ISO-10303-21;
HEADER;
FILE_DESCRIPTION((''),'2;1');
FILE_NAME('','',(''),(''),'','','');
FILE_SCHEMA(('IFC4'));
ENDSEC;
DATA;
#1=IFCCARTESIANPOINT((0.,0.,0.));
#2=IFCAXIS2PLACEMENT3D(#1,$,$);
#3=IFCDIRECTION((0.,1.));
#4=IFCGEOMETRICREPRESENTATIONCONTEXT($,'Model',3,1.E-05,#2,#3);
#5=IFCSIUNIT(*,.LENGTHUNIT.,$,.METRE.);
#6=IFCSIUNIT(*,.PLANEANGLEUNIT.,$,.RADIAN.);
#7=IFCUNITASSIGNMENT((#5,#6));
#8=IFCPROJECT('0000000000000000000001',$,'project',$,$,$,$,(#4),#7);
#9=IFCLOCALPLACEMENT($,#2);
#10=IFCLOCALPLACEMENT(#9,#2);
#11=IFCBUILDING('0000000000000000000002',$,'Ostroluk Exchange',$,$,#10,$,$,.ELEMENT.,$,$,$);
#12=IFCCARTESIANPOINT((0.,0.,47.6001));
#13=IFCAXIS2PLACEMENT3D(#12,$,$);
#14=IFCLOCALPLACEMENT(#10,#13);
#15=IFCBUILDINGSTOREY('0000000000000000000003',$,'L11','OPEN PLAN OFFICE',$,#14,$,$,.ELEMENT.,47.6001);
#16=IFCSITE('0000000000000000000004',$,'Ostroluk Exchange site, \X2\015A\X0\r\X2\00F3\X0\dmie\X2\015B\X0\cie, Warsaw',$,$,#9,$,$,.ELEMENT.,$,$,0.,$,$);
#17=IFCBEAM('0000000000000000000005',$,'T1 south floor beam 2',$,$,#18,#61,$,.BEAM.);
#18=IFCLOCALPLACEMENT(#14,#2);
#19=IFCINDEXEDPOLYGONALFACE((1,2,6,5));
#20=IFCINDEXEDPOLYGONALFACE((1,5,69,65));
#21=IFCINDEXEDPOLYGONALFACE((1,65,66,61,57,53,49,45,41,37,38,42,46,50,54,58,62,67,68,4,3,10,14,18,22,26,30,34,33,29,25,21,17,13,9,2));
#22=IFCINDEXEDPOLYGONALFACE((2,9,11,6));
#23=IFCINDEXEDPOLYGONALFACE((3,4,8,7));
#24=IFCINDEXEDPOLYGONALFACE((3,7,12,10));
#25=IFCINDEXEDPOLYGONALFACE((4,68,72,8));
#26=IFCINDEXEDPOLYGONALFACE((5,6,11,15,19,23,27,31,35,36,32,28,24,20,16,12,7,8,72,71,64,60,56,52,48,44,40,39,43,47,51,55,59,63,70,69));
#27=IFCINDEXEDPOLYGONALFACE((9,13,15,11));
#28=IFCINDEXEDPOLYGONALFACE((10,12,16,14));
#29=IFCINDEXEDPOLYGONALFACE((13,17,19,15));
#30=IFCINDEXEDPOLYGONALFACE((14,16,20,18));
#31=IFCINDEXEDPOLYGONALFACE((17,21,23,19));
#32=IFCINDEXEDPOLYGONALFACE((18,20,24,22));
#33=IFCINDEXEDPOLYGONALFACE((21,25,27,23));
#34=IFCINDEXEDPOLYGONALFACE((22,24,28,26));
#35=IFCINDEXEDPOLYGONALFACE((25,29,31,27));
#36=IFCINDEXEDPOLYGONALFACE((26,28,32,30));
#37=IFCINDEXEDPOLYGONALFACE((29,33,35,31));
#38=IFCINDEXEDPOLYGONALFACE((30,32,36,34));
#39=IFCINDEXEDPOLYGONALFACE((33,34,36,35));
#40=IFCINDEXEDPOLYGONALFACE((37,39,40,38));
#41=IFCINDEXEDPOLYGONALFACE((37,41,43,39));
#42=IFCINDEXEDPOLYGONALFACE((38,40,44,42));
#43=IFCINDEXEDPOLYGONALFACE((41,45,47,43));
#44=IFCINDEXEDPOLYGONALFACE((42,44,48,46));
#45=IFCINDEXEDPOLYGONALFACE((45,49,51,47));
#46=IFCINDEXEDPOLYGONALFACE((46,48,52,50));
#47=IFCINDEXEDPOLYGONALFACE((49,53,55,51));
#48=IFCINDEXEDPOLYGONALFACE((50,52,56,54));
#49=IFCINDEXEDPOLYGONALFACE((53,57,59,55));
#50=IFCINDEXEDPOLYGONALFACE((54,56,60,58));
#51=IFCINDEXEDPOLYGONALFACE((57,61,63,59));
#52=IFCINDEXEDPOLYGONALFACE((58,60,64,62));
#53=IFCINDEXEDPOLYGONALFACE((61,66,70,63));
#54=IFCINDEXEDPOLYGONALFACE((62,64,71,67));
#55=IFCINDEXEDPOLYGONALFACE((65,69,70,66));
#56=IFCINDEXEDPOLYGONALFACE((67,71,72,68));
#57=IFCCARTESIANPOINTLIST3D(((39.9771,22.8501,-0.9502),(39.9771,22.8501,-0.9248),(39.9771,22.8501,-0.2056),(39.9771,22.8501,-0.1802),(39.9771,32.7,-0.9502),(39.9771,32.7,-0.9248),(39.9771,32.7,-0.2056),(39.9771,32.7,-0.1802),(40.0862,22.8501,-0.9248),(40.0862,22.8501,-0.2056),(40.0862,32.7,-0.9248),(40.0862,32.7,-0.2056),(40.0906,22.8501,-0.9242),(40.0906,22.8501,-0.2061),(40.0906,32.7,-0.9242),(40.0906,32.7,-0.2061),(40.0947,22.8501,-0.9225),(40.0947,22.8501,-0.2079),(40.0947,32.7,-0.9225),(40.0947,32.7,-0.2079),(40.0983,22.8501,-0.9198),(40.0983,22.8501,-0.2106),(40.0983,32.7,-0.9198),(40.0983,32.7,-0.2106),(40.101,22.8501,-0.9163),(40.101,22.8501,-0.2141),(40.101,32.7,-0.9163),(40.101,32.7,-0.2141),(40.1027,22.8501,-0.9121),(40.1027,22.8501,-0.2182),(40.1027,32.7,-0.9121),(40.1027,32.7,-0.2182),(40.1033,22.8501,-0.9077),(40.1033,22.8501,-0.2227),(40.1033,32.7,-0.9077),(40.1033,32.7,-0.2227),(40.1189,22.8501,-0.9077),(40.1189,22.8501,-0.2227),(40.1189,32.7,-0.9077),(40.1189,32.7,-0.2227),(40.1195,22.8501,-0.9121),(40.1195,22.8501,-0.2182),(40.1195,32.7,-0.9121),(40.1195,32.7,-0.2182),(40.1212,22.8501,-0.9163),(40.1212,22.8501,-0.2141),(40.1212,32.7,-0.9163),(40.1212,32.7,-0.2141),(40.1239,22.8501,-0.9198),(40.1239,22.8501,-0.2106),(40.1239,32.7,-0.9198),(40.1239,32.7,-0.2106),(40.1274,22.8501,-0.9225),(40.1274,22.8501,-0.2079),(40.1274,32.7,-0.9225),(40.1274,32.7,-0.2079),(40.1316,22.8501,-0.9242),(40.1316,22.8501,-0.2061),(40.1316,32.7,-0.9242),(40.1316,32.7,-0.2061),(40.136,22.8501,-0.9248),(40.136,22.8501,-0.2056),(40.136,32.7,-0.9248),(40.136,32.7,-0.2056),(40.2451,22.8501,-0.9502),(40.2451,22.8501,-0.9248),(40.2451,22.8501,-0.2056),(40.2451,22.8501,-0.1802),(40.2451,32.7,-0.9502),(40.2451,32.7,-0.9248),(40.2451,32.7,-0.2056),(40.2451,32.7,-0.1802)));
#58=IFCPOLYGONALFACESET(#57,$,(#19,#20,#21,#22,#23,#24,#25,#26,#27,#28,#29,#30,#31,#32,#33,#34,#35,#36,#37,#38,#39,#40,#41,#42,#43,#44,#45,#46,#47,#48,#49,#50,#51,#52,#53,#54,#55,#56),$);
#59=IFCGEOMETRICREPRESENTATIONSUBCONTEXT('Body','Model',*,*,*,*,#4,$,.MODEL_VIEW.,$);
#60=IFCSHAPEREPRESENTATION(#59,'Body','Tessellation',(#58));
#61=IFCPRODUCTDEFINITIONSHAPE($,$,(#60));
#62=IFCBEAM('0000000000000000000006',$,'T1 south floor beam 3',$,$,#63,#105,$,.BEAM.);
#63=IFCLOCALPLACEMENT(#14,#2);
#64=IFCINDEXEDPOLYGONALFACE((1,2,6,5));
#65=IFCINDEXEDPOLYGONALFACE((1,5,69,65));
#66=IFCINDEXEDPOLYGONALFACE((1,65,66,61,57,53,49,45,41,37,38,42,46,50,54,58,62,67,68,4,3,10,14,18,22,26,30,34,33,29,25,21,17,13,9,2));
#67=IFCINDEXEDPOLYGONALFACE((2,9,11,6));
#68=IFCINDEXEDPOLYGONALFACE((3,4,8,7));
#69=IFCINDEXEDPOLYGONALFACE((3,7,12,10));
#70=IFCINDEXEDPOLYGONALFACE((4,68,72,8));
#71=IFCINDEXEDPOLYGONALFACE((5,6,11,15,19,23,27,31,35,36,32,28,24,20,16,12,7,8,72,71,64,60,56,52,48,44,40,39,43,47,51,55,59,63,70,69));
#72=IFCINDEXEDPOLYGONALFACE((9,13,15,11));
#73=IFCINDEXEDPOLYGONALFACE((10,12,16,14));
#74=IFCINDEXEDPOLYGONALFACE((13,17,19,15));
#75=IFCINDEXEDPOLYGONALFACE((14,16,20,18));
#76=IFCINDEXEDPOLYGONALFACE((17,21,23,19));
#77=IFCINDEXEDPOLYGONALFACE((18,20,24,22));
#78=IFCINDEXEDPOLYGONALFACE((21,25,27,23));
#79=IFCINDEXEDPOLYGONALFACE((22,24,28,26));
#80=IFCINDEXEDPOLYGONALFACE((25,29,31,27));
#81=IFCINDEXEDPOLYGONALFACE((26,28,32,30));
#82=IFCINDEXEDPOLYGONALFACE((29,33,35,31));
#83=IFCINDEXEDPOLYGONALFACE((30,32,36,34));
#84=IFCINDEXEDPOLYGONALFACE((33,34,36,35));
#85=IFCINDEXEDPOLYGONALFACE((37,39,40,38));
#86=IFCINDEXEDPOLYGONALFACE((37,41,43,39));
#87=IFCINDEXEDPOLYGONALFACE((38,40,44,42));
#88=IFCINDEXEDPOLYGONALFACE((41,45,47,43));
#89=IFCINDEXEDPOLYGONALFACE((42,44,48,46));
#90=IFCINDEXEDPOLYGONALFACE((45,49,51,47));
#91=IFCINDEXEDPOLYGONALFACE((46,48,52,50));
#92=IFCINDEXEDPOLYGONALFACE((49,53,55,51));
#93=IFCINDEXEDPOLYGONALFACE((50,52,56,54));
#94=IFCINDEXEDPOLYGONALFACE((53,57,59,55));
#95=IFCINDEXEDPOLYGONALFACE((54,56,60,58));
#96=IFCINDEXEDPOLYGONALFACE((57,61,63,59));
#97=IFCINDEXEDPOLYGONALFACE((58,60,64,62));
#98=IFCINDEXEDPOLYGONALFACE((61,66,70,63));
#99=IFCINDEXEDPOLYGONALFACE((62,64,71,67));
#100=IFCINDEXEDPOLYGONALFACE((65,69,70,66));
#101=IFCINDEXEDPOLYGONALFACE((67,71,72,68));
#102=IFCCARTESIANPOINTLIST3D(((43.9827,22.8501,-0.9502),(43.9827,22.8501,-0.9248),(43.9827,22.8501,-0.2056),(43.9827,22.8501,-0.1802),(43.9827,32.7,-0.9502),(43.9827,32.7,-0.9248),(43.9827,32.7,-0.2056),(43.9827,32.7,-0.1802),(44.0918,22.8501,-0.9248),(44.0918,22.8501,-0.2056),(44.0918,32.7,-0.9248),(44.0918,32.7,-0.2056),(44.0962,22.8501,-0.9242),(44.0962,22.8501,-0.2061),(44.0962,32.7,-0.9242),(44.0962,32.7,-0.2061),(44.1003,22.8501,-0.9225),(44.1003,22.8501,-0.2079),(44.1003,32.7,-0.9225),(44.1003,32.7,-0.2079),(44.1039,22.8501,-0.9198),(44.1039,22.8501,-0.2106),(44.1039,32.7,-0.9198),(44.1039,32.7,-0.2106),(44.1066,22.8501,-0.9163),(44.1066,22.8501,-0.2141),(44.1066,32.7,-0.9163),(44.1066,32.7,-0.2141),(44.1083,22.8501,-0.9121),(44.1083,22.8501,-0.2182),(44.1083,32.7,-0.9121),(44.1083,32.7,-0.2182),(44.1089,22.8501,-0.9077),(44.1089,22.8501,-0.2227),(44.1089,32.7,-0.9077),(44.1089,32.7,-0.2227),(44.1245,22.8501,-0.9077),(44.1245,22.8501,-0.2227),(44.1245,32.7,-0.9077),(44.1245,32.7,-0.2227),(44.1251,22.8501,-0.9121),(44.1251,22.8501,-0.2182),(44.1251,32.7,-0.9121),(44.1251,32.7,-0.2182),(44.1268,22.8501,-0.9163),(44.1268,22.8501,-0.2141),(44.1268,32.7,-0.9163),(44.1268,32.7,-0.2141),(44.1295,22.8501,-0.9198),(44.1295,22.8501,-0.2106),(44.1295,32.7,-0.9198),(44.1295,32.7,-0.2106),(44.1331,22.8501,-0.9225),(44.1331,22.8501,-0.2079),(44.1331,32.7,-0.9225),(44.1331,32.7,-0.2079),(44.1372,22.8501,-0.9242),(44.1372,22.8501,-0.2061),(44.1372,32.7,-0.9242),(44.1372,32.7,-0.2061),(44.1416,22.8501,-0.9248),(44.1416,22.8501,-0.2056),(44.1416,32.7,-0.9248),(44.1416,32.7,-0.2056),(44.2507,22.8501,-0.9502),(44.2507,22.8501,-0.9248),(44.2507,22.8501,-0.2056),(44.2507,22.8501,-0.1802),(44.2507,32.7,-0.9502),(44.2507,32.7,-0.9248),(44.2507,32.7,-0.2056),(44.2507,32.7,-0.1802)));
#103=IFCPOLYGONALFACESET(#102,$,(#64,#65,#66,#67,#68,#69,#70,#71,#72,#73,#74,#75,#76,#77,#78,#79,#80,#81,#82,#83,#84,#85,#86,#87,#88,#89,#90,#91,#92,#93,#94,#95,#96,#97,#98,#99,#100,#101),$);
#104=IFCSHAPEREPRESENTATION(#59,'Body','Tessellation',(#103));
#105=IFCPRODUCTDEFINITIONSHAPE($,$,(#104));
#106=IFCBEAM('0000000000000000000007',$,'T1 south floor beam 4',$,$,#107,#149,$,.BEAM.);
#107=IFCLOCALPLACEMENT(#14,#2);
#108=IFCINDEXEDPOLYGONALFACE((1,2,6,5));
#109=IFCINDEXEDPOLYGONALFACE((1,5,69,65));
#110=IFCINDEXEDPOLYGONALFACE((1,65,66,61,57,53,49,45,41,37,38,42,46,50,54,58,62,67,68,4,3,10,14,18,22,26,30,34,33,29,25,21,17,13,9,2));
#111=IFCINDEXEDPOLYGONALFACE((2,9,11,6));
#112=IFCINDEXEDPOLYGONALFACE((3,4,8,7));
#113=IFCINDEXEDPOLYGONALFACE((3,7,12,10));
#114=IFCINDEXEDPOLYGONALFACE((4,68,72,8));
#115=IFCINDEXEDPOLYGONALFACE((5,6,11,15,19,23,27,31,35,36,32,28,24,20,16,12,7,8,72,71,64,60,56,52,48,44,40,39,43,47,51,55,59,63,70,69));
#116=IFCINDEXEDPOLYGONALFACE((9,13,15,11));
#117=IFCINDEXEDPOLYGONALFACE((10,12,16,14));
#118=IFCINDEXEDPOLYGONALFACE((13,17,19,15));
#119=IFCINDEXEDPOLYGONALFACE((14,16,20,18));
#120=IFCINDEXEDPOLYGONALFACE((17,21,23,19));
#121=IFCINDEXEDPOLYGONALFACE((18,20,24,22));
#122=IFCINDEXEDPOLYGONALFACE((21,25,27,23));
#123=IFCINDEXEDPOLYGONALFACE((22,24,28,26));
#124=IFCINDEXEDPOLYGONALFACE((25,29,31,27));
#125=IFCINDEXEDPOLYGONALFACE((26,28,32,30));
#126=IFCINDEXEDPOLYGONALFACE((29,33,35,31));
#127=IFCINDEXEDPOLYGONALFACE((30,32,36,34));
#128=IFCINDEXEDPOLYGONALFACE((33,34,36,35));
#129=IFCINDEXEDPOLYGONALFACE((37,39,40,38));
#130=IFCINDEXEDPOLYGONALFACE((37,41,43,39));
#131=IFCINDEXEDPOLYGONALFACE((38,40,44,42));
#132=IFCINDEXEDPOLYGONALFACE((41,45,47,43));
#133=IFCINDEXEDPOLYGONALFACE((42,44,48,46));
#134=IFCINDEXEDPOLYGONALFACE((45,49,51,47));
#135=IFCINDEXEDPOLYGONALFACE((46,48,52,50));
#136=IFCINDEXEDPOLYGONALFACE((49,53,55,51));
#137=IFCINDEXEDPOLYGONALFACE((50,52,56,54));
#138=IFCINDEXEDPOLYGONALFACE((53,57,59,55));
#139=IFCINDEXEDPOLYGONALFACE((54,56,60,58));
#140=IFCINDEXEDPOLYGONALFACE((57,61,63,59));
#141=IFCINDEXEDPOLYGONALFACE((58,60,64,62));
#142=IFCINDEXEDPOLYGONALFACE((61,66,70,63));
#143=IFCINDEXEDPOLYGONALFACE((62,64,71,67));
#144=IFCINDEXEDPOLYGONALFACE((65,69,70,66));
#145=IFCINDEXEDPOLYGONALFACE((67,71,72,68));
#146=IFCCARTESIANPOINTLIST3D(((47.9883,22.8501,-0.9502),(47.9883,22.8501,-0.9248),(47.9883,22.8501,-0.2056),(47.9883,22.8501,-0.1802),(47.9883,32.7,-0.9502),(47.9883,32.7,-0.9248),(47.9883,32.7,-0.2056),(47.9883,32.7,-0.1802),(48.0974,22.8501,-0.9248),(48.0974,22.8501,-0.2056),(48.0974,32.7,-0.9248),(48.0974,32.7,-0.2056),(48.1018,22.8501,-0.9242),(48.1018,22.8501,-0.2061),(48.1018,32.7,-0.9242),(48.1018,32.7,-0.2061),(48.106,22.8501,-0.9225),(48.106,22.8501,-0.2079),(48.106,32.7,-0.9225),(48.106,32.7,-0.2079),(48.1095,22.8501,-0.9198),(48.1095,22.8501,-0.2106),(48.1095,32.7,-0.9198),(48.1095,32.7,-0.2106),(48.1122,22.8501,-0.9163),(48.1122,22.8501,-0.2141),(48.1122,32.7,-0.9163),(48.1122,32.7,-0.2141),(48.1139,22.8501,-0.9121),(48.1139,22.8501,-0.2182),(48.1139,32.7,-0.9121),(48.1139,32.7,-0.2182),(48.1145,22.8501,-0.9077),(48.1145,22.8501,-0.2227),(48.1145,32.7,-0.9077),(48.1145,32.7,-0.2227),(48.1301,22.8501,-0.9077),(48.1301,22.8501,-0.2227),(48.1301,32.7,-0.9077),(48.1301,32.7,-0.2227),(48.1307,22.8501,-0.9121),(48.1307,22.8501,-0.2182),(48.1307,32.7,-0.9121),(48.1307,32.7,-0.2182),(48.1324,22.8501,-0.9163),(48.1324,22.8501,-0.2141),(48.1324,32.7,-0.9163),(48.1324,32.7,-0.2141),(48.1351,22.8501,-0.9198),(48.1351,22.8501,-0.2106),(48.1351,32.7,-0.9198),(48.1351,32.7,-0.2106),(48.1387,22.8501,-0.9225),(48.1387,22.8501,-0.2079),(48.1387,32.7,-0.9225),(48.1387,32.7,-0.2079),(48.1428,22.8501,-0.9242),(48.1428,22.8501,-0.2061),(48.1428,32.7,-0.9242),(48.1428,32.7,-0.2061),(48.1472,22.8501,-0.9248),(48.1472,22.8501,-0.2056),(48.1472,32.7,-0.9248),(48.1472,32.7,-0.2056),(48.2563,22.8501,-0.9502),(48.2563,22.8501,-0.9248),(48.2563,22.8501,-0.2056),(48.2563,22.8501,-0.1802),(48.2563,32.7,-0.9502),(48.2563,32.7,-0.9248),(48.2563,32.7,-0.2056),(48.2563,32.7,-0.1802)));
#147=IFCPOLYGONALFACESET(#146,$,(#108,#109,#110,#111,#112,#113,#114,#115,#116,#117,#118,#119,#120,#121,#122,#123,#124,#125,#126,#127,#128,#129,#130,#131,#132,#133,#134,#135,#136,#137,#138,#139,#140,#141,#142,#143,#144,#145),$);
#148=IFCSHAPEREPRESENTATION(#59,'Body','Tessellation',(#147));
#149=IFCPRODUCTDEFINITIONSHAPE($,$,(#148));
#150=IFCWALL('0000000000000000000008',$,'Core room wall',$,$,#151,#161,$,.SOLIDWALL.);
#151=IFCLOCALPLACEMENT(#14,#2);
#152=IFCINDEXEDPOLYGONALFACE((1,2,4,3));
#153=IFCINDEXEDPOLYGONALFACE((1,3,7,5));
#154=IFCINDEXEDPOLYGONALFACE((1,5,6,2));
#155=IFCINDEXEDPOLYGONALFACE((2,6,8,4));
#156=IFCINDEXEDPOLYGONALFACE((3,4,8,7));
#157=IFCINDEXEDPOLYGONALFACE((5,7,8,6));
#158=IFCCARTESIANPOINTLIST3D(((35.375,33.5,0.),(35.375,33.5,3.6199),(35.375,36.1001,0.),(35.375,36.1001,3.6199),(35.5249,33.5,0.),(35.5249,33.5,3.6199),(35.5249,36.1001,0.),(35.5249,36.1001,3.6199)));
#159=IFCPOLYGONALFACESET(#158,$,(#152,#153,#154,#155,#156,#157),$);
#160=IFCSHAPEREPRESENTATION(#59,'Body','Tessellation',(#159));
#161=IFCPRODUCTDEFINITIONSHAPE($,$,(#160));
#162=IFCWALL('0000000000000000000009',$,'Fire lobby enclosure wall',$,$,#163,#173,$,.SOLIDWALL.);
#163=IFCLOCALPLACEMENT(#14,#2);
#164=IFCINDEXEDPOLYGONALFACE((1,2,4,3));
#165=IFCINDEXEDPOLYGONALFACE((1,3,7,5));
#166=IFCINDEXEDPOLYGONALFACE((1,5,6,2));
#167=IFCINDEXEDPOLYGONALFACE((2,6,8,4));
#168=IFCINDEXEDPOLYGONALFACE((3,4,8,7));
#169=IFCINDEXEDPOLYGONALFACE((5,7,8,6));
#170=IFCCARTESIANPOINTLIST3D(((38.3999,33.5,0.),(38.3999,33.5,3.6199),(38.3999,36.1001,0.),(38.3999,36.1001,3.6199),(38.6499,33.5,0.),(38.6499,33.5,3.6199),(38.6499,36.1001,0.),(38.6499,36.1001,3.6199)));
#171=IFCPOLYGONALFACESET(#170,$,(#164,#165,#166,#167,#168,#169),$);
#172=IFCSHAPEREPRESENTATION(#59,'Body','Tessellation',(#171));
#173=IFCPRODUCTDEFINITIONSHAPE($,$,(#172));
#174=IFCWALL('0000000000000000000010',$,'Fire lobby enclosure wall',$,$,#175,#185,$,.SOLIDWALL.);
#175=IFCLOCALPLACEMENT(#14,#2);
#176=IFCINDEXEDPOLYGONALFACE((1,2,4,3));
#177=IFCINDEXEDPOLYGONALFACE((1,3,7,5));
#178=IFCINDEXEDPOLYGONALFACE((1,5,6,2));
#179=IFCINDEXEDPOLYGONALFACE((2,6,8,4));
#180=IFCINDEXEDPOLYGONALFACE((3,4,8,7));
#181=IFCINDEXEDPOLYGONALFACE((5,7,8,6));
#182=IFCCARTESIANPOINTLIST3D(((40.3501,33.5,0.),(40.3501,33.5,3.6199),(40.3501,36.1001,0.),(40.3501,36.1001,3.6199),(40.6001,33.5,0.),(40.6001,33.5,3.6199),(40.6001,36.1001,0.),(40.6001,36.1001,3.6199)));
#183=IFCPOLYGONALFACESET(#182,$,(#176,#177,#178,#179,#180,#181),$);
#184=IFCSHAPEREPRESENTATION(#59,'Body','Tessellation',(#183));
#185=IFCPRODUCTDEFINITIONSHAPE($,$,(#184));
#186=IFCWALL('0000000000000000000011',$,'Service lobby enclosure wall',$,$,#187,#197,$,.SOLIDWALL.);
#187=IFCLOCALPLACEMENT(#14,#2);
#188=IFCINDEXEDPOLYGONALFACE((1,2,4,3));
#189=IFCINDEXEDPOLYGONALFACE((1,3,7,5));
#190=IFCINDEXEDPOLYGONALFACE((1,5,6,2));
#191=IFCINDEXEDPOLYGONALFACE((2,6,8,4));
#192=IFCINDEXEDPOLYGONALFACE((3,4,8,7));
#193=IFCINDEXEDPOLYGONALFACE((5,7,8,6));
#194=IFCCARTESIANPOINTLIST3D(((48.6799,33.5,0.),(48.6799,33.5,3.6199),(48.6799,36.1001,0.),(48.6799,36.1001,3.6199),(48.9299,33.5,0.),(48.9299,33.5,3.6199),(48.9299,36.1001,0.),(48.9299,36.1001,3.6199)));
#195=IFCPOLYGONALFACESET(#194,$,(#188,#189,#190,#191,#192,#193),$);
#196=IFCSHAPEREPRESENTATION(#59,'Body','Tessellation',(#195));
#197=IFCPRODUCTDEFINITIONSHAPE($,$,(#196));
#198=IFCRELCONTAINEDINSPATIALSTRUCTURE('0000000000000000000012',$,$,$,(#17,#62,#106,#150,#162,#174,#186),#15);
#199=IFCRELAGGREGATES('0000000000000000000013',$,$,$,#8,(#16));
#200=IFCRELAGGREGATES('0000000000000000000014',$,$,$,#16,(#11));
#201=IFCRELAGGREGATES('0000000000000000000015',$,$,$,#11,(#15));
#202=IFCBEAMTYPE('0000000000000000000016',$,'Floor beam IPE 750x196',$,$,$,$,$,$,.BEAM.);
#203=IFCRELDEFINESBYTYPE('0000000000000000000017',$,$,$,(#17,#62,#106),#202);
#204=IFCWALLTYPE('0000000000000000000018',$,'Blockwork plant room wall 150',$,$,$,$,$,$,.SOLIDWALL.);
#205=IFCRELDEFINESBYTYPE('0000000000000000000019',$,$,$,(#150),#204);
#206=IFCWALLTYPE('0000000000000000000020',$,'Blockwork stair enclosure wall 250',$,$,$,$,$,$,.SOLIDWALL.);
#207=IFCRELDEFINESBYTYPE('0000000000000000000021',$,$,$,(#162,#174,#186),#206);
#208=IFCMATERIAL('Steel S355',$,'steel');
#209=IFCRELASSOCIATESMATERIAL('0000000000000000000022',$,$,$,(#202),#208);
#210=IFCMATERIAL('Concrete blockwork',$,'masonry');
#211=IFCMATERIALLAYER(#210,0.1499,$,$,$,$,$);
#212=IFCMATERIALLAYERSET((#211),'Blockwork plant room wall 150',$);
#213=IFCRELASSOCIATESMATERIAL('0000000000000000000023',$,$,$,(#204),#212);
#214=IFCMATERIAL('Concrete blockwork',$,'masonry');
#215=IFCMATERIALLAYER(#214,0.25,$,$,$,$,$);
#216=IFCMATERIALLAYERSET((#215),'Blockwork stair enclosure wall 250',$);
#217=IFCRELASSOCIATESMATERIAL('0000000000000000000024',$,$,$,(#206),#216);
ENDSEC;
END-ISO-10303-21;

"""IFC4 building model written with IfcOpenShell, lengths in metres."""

from ifc_helpers import new_model, si_unit, direction, frame, frame_2d, origin, origin_2d, place, context, subcontext, project, spatial, rectangle, i_section, extrude, material, layer, layer_set, material_profile, profile_set, type_object, element, save


model = new_model("IFC4")

# Units and contexts
model_context = context("Model", 3, precision=1e-05, world=origin(), true_north=direction((0.0, 1.0)))
body_context = subcontext(model_context, "Body", "Model", "MODEL_VIEW")
ifc_project = project(units=[si_unit("LENGTHUNIT", "METRE"), si_unit("PLANEANGLEUNIT", "RADIAN")], contexts=[model_context])

# Site, building, storey
site_placement = place(None, origin())
site = spatial("IfcSite", under=ifc_project, at=site_placement, Name="Ostroluk Exchange site, Śródmieście, Warsaw", CompositionType="ELEMENT", RefElevation=0.0)
building_placement = place(site_placement, origin())
building = spatial("IfcBuilding", under=site, at=building_placement, Name="Ostroluk Exchange", CompositionType="ELEMENT")
storey_placement = place(building_placement, frame((0.0, 0.0, 47.6001)))
storey = spatial("IfcBuildingStorey", under=building, at=storey_placement, Name="L11", Description="OPEN PLAN OFFICE", CompositionType="ELEMENT", Elevation=47.6001)

# Beams
ifc_material_1 = material(Name="Steel S355", Category="steel")
ifc_material_profile = material_profile(ifc_material_1, i_section(OverallWidth=0.2681, OverallDepth=0.77, WebThickness=0.0156, FlangeThickness=0.0254, FilletRadius=0.0171, at=origin_2d()), Name="IPE 750x196")
ifc_profile_set = profile_set([ifc_material_profile], Name="Steel S355")
beam_type = type_object("IfcBeamType", Name="Floor beam IPE 750x196", PredefinedType="BEAM", material=ifc_profile_set)
for number, where, z_axis, x_axis, name in (
    (1, (40.1111, 32.7, -0.5652), (0.0, -1.0, 0.0), (1.0, 0.0, 0.0), "T1 south floor beam 2"),
    (2, (44.1167, 32.7, -0.5652), (0.0, -1.0, 0.0), (1.0, 0.0, 0.0), "T1 south floor beam 3"),
    (3, (48.1223, 32.7, -0.5652), (0.0, -1.0, 0.0), (1.0, 0.0, 0.0), "T1 south floor beam 4"),
):
    element("IfcBeam", number, at=place(storey_placement, frame(where, z_axis=z_axis, x_axis=x_axis)), inside=storey, type_object=beam_type, Name=name, PredefinedType="BEAM", context=body_context, shape_type="SweptSolid", body=[
        extrude(i_section(OverallWidth=0.2681, OverallDepth=0.77, WebThickness=0.0156, FlangeThickness=0.0254, FilletRadius=0.0171, at=origin_2d()), origin(), (0.0, 0.0, 1.0), 9.8499),
    ])

# Walls
ifc_material_2 = material(Name="Concrete blockwork", Category="masonry")
ifc_layer_1 = layer(ifc_material_2, 0.1499)
ifc_layer_set_1 = layer_set([ifc_layer_1], Name="Blockwork plant room wall 150")
wall_type_1 = type_object("IfcWallType", Name="Blockwork plant room wall 150", PredefinedType="SOLIDWALL", material=ifc_layer_set_1)
wall_1_placement = place(storey_placement, frame((35.45, 33.5, 0.0), z_axis=(0.0, 0.0, 1.0), x_axis=(0.0, 1.0, 0.0)))
element("IfcWall", 4, at=wall_1_placement, inside=storey, type_object=wall_type_1, Name="Core room wall", PredefinedType="SOLIDWALL", context=body_context, shape_type="SweptSolid", body=[
    extrude(rectangle(XDim=2.6001, YDim=0.1499, at=frame_2d((1.3, 0.0))), origin(), (0.0, 0.0, 1.0), 3.6199),
])
ifc_material_3 = material(Name="Concrete blockwork", Category="masonry")
ifc_layer_2 = layer(ifc_material_3, 0.25)
ifc_layer_set_2 = layer_set([ifc_layer_2], Name="Blockwork stair enclosure wall 250")
wall_type_2 = type_object("IfcWallType", Name="Blockwork stair enclosure wall 250", PredefinedType="SOLIDWALL", material=ifc_layer_set_2)
for number, where, z_axis, x_axis, name in (
    (5, (38.5249, 33.5, 0.0), (0.0, 0.0, 1.0), (0.0, 1.0, 0.0), "Fire lobby enclosure wall"),
    (6, (40.4751, 33.5, 0.0), (0.0, 0.0, 1.0), (0.0, 1.0, 0.0), "Fire lobby enclosure wall"),
    (7, (48.8049, 33.5, 0.0), (0.0, 0.0, 1.0), (0.0, 1.0, 0.0), "Service lobby enclosure wall"),
):
    element("IfcWall", number, at=place(storey_placement, frame(where, z_axis=z_axis, x_axis=x_axis)), inside=storey, type_object=wall_type_2, Name=name, PredefinedType="SOLIDWALL", context=body_context, shape_type="SweptSolid", body=[
        extrude(rectangle(XDim=2.6001, YDim=0.25, at=frame_2d((1.3, 0.0))), origin(), (0.0, 0.0, 1.0), 3.6199),
    ])

save(model, "model.ifc")
